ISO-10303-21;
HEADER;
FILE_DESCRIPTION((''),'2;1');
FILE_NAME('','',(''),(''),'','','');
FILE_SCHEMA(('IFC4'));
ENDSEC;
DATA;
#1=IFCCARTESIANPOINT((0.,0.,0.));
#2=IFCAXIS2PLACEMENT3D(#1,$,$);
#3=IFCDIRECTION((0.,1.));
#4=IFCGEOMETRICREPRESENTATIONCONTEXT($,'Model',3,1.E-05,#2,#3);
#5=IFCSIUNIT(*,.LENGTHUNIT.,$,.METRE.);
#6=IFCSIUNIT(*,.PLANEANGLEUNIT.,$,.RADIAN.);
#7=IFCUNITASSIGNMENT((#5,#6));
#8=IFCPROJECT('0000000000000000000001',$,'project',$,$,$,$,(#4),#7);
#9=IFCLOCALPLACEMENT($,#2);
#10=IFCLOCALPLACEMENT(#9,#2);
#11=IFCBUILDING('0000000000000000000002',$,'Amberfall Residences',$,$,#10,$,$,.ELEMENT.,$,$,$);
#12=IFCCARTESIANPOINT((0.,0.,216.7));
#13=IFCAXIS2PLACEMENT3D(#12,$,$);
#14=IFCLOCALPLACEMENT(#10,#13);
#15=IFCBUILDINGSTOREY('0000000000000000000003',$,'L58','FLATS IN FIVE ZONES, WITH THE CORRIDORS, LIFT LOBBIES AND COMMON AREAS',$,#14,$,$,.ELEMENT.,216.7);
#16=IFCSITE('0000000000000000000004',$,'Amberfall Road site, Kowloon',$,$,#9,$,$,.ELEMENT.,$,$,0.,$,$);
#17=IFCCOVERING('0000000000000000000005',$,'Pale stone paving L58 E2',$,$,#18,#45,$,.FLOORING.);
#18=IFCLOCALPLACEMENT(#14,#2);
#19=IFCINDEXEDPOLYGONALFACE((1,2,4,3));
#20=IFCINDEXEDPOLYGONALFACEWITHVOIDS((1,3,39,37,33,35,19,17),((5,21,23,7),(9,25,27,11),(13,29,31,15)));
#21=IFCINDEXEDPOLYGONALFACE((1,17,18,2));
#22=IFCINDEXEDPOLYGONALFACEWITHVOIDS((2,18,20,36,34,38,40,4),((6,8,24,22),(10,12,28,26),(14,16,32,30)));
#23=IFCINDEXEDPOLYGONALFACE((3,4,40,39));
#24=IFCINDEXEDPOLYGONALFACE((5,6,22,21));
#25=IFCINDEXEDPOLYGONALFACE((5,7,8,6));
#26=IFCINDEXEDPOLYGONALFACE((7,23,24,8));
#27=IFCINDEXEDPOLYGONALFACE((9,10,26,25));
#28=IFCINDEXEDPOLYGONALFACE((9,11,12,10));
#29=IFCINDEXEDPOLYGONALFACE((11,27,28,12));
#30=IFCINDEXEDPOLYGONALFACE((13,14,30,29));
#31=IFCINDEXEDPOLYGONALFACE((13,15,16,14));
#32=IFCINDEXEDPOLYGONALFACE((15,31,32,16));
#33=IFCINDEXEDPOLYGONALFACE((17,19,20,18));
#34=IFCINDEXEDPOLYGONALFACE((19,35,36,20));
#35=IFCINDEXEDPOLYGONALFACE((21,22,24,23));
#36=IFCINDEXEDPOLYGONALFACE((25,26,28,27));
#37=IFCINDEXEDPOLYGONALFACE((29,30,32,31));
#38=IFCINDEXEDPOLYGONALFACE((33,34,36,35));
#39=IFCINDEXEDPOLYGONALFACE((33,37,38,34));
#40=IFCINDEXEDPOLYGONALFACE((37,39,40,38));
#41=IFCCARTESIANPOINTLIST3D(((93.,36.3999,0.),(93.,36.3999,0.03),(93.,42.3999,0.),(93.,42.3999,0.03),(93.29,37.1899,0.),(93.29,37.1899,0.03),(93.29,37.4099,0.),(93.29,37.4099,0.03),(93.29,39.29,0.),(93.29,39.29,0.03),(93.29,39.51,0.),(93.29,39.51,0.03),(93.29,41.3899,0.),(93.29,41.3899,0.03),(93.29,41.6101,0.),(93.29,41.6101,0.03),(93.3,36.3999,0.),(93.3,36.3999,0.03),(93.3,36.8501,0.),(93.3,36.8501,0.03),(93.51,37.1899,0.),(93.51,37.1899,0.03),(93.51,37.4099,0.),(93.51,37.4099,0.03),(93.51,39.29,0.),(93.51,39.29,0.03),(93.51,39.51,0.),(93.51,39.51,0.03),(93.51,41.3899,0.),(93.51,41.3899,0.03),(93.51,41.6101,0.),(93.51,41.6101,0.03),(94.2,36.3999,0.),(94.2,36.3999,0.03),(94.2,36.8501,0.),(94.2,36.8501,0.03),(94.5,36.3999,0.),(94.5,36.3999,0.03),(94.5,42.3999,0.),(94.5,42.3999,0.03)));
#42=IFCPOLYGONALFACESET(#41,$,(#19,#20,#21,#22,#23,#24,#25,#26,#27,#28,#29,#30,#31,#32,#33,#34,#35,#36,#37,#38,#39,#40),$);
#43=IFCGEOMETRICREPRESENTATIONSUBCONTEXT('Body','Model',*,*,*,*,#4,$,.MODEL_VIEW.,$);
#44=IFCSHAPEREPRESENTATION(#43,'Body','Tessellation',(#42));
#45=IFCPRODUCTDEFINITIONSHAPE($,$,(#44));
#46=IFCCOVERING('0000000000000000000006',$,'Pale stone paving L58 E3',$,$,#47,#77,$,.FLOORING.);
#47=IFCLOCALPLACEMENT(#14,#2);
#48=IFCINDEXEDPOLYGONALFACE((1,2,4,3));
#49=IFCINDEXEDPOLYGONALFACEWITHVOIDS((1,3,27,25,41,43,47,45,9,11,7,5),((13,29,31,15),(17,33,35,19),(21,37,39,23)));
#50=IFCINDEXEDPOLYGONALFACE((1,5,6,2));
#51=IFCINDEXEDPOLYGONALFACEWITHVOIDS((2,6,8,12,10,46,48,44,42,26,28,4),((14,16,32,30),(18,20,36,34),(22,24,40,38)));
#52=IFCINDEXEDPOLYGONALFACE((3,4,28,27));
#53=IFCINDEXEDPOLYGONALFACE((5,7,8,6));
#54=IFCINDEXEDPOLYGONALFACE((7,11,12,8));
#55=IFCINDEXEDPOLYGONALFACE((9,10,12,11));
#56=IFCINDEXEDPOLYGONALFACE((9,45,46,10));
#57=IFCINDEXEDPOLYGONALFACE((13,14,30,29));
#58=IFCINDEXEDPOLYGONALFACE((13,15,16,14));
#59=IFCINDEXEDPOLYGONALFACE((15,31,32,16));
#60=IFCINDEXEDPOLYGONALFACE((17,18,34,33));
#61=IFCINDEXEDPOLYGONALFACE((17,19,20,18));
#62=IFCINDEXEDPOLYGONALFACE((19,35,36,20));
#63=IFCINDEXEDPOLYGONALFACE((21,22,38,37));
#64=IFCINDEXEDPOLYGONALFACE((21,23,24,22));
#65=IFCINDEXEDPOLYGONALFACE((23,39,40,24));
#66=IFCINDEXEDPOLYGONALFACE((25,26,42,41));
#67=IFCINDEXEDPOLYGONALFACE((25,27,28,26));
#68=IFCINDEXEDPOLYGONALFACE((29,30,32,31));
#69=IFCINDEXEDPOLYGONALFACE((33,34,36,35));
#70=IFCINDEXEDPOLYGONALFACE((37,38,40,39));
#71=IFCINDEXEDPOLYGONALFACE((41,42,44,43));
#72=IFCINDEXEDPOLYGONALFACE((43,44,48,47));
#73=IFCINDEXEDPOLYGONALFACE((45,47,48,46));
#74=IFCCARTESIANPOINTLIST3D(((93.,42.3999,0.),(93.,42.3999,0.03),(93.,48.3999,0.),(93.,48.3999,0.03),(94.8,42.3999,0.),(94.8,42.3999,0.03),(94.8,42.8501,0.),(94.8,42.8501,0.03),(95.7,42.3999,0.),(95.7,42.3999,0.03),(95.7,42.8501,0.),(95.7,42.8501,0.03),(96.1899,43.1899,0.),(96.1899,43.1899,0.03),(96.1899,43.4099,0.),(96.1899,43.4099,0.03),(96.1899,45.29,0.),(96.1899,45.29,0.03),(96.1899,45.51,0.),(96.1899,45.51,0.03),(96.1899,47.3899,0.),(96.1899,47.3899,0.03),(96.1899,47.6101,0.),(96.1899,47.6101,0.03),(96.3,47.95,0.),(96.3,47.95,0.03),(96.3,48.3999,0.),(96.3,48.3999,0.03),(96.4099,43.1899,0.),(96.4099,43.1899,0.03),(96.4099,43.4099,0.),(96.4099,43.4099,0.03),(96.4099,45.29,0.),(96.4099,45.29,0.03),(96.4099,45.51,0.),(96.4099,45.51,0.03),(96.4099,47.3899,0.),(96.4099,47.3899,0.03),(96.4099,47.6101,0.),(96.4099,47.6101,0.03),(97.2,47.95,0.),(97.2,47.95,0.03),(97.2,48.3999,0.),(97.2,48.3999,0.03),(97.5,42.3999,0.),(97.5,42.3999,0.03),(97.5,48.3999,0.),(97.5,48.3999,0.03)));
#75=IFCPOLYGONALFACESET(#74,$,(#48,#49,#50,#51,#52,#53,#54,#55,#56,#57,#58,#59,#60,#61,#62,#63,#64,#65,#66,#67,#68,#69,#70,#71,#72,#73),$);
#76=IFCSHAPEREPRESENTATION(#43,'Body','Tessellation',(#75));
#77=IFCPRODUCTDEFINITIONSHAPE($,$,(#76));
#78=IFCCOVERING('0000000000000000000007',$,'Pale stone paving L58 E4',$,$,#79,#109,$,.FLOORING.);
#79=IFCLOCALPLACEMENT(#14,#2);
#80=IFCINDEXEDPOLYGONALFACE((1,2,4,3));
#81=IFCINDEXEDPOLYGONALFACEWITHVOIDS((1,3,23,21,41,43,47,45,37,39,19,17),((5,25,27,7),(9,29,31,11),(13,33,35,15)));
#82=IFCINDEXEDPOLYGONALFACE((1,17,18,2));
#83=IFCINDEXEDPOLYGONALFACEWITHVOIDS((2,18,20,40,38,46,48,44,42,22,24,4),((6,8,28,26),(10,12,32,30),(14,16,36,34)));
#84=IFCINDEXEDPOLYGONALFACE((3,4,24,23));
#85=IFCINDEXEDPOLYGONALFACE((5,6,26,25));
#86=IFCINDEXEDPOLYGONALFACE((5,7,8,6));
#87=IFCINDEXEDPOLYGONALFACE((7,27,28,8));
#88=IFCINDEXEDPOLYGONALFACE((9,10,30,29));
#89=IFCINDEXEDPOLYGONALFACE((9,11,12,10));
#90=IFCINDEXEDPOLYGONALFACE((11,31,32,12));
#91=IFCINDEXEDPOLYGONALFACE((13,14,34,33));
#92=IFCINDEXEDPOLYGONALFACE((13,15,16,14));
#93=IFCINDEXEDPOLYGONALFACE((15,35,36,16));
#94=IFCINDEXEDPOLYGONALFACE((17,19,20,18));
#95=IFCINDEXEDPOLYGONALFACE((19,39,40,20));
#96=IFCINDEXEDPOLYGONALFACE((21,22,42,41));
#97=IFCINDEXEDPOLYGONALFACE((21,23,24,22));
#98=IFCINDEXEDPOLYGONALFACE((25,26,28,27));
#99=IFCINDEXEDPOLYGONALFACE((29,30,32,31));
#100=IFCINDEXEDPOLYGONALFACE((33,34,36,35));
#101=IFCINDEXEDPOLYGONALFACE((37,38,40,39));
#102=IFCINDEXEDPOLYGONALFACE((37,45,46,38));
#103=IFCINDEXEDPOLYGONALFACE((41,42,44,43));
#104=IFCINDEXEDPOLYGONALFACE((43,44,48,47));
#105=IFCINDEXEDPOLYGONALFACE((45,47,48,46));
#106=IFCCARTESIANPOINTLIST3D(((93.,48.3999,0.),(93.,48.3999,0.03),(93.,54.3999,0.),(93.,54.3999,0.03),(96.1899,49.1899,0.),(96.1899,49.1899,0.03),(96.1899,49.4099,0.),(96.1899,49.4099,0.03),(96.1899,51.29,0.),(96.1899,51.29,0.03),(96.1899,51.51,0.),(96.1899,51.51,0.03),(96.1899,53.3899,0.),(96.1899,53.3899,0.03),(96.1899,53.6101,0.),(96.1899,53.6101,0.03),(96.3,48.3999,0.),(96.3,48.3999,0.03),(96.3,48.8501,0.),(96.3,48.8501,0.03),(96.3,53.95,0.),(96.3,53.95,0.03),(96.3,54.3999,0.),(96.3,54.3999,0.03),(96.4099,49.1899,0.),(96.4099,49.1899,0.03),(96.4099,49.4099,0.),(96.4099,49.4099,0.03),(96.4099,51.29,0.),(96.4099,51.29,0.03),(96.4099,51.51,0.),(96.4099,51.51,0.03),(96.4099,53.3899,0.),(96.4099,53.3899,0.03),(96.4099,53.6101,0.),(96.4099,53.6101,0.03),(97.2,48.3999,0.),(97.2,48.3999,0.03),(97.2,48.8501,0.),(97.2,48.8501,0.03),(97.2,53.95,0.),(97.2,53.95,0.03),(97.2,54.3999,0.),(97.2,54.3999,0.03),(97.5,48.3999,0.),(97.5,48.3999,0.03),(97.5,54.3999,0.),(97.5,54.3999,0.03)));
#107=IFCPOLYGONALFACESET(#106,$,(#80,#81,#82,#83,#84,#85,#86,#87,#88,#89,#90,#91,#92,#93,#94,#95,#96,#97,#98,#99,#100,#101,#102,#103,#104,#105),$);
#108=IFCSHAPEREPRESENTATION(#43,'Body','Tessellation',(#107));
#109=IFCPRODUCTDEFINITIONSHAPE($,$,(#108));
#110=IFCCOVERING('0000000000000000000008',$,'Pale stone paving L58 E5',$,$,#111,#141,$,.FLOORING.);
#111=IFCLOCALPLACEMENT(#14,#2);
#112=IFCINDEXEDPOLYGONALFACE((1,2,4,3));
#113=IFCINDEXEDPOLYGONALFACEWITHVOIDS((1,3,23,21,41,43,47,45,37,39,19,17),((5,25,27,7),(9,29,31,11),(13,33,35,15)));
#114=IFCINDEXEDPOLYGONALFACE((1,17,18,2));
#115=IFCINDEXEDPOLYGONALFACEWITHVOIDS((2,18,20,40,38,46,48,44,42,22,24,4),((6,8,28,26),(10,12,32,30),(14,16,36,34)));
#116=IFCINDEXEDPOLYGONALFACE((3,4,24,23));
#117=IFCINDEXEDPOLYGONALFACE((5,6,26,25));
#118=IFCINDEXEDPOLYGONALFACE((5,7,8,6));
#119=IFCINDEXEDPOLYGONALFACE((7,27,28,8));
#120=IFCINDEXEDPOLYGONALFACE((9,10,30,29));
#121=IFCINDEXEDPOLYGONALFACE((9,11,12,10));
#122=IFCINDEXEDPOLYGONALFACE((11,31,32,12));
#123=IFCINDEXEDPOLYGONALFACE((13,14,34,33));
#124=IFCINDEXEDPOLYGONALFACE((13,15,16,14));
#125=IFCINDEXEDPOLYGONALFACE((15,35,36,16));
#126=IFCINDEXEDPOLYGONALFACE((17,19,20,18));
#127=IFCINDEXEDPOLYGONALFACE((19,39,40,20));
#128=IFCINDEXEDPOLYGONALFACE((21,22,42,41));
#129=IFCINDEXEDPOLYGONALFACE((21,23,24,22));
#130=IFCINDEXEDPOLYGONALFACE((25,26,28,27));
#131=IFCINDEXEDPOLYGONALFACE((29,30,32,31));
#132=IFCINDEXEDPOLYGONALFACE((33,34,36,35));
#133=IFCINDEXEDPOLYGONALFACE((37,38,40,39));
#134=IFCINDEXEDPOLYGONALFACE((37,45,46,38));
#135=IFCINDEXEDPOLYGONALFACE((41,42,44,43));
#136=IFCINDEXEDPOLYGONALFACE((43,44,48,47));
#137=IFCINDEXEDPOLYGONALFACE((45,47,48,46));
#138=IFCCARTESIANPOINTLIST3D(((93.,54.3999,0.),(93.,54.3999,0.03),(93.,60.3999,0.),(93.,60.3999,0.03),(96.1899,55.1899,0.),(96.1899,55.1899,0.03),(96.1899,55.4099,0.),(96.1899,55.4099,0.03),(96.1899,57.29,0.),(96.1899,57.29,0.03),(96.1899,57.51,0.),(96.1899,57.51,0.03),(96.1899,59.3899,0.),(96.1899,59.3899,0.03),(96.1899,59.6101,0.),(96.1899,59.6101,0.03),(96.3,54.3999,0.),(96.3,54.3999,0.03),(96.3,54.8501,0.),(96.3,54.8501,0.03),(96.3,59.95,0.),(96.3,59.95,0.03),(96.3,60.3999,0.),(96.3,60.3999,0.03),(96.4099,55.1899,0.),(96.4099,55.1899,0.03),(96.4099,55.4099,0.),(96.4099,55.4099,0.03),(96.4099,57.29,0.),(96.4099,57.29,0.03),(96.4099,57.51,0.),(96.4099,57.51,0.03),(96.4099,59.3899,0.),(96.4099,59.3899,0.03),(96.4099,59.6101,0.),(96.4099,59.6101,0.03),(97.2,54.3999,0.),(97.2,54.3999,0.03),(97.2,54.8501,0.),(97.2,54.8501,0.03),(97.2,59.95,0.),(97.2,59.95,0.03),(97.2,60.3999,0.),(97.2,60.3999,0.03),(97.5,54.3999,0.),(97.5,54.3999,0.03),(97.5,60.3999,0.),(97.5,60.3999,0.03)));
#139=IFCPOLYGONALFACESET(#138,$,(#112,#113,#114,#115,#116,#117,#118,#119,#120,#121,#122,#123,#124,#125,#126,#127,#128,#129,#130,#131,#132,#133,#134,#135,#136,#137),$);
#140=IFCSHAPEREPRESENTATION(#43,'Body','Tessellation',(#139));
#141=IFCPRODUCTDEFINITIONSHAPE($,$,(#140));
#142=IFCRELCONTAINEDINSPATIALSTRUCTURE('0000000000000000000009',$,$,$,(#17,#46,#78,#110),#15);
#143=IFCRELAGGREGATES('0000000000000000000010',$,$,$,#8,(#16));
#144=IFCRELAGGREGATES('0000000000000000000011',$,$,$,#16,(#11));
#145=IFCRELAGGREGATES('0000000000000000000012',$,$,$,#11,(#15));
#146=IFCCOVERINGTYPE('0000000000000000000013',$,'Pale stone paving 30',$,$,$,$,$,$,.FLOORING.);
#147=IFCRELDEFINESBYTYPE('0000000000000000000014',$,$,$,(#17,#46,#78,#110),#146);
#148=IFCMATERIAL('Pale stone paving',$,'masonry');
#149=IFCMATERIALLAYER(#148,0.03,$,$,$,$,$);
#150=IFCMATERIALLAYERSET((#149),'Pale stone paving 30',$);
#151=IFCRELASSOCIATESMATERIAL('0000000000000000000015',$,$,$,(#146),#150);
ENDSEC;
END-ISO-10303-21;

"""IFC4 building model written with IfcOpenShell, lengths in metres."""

from ifc_helpers import new_model, si_unit, direction, frame, origin, place, context, subcontext, project, spatial, polyline, outline, extrude, material, layer, layer_set, type_object, element, save


model = new_model("IFC4")

# Units and contexts
model_context = context("Model", 3, precision=1e-05, world=origin(), true_north=direction((0.0, 1.0)))
body_context = subcontext(model_context, "Body", "Model", "MODEL_VIEW")
ifc_project = project(units=[si_unit("LENGTHUNIT", "METRE"), si_unit("PLANEANGLEUNIT", "RADIAN")], contexts=[model_context])

# Site, building, storey
site_placement = place(None, origin())
site = spatial("IfcSite", under=ifc_project, at=site_placement, Name="Amberfall Road site, Kowloon", CompositionType="ELEMENT", RefElevation=0.0)
building_placement = place(site_placement, origin())
building = spatial("IfcBuilding", under=site, at=building_placement, Name="Amberfall Residences", CompositionType="ELEMENT")
storey_placement = place(building_placement, frame((0.0, 0.0, 216.7)))
storey = spatial("IfcBuildingStorey", under=building, at=storey_placement, Name="L58", Description="FLATS IN FIVE ZONES, WITH THE CORRIDORS, LIFT LOBBIES AND COMMON AREAS", CompositionType="ELEMENT", Elevation=216.7)

# Coverings
ifc_material_1 = material(Name="Pale stone paving", Category="masonry")
ifc_layer_1 = layer(ifc_material_1, 0.03)
ifc_layer_set_1 = layer_set([ifc_layer_1], Name="Pale stone paving 30")
covering_type_1 = type_object("IfcCoveringType", Name="Pale stone paving 30", PredefinedType="FLOORING", material=ifc_layer_set_1)
covering_1_placement = place(storey_placement, origin())
element("IfcCovering", 1, at=covering_1_placement, inside=storey, type_object=covering_type_1, Name="Pale stone paving L58 E2", PredefinedType="FLOORING", context=body_context, shape_type="SweptSolid", body=[
    extrude(outline(polyline([(93.0, 42.3999), (93.0, 36.3999), (93.3, 36.3999), (93.3, 36.8501), (94.2, 36.8501), (94.2, 36.3999), (94.5, 36.3999), (94.5, 42.3999), (93.0, 42.3999)]), holes=[polyline([(93.29, 37.1899), (93.51, 37.1899), (93.51, 37.4099), (93.29, 37.4099), (93.29, 37.1899)]), polyline([(93.29, 39.29), (93.51, 39.29), (93.51, 39.51), (93.29, 39.51), (93.29, 39.29)]), polyline([(93.29, 41.3899), (93.51, 41.3899), (93.51, 41.6101), (93.29, 41.6101), (93.29, 41.3899)])]), origin(), (0.0, 0.0, 1.0), 0.03),
])
covering_2_placement = place(storey_placement, origin())
element("IfcCovering", 2, at=covering_2_placement, inside=storey, type_object=covering_type_1, Name="Pale stone paving L58 E3", PredefinedType="FLOORING", context=body_context, shape_type="SweptSolid", body=[
    extrude(outline(polyline([(97.5, 48.3999), (97.2, 48.3999), (97.2, 47.95), (96.3, 47.95), (96.3, 48.3999), (93.0, 48.3999), (93.0, 42.3999), (94.8, 42.3999), (94.8, 42.8501), (95.7, 42.8501), (95.7, 42.3999), (97.5, 42.3999), (97.5, 48.3999)]), holes=[polyline([(96.1899, 43.1899), (96.4099, 43.1899), (96.4099, 43.4099), (96.1899, 43.4099), (96.1899, 43.1899)]), polyline([(96.1899, 45.29), (96.4099, 45.29), (96.4099, 45.51), (96.1899, 45.51), (96.1899, 45.29)]), polyline([(96.1899, 47.3899), (96.4099, 47.3899), (96.4099, 47.6101), (96.1899, 47.6101), (96.1899, 47.3899)])]), origin(), (0.0, 0.0, 1.0), 0.03),
])
covering_3_placement = place(storey_placement, origin())
element("IfcCovering", 3, at=covering_3_placement, inside=storey, type_object=covering_type_1, Name="Pale stone paving L58 E4", PredefinedType="FLOORING", context=body_context, shape_type="SweptSolid", body=[
    extrude(outline(polyline([(97.5, 54.3999), (97.2, 54.3999), (97.2, 53.95), (96.3, 53.95), (96.3, 54.3999), (93.0, 54.3999), (93.0, 48.3999), (96.3, 48.3999), (96.3, 48.8501), (97.2, 48.8501), (97.2, 48.3999), (97.5, 48.3999), (97.5, 54.3999)]), holes=[polyline([(96.1899, 49.1899), (96.4099, 49.1899), (96.4099, 49.4099), (96.1899, 49.4099), (96.1899, 49.1899)]), polyline([(96.1899, 51.29), (96.4099, 51.29), (96.4099, 51.51), (96.1899, 51.51), (96.1899, 51.29)]), polyline([(96.1899, 53.3899), (96.4099, 53.3899), (96.4099, 53.6101), (96.1899, 53.6101), (96.1899, 53.3899)])]), origin(), (0.0, 0.0, 1.0), 0.03),
])
covering_4_placement = place(storey_placement, origin())
element("IfcCovering", 4, at=covering_4_placement, inside=storey, type_object=covering_type_1, Name="Pale stone paving L58 E5", PredefinedType="FLOORING", context=body_context, shape_type="SweptSolid", body=[
    extrude(outline(polyline([(97.5, 60.3999), (97.2, 60.3999), (97.2, 59.95), (96.3, 59.95), (96.3, 60.3999), (93.0, 60.3999), (93.0, 54.3999), (96.3, 54.3999), (96.3, 54.8501), (97.2, 54.8501), (97.2, 54.3999), (97.5, 54.3999), (97.5, 60.3999)]), holes=[polyline([(96.1899, 55.1899), (96.4099, 55.1899), (96.4099, 55.4099), (96.1899, 55.4099), (96.1899, 55.1899)]), polyline([(96.1899, 57.29), (96.4099, 57.29), (96.4099, 57.51), (96.1899, 57.51), (96.1899, 57.29)]), polyline([(96.1899, 59.3899), (96.4099, 59.3899), (96.4099, 59.6101), (96.1899, 59.6101), (96.1899, 59.3899)])]), origin(), (0.0, 0.0, 1.0), 0.03),
])

save(model, "model.ifc")
